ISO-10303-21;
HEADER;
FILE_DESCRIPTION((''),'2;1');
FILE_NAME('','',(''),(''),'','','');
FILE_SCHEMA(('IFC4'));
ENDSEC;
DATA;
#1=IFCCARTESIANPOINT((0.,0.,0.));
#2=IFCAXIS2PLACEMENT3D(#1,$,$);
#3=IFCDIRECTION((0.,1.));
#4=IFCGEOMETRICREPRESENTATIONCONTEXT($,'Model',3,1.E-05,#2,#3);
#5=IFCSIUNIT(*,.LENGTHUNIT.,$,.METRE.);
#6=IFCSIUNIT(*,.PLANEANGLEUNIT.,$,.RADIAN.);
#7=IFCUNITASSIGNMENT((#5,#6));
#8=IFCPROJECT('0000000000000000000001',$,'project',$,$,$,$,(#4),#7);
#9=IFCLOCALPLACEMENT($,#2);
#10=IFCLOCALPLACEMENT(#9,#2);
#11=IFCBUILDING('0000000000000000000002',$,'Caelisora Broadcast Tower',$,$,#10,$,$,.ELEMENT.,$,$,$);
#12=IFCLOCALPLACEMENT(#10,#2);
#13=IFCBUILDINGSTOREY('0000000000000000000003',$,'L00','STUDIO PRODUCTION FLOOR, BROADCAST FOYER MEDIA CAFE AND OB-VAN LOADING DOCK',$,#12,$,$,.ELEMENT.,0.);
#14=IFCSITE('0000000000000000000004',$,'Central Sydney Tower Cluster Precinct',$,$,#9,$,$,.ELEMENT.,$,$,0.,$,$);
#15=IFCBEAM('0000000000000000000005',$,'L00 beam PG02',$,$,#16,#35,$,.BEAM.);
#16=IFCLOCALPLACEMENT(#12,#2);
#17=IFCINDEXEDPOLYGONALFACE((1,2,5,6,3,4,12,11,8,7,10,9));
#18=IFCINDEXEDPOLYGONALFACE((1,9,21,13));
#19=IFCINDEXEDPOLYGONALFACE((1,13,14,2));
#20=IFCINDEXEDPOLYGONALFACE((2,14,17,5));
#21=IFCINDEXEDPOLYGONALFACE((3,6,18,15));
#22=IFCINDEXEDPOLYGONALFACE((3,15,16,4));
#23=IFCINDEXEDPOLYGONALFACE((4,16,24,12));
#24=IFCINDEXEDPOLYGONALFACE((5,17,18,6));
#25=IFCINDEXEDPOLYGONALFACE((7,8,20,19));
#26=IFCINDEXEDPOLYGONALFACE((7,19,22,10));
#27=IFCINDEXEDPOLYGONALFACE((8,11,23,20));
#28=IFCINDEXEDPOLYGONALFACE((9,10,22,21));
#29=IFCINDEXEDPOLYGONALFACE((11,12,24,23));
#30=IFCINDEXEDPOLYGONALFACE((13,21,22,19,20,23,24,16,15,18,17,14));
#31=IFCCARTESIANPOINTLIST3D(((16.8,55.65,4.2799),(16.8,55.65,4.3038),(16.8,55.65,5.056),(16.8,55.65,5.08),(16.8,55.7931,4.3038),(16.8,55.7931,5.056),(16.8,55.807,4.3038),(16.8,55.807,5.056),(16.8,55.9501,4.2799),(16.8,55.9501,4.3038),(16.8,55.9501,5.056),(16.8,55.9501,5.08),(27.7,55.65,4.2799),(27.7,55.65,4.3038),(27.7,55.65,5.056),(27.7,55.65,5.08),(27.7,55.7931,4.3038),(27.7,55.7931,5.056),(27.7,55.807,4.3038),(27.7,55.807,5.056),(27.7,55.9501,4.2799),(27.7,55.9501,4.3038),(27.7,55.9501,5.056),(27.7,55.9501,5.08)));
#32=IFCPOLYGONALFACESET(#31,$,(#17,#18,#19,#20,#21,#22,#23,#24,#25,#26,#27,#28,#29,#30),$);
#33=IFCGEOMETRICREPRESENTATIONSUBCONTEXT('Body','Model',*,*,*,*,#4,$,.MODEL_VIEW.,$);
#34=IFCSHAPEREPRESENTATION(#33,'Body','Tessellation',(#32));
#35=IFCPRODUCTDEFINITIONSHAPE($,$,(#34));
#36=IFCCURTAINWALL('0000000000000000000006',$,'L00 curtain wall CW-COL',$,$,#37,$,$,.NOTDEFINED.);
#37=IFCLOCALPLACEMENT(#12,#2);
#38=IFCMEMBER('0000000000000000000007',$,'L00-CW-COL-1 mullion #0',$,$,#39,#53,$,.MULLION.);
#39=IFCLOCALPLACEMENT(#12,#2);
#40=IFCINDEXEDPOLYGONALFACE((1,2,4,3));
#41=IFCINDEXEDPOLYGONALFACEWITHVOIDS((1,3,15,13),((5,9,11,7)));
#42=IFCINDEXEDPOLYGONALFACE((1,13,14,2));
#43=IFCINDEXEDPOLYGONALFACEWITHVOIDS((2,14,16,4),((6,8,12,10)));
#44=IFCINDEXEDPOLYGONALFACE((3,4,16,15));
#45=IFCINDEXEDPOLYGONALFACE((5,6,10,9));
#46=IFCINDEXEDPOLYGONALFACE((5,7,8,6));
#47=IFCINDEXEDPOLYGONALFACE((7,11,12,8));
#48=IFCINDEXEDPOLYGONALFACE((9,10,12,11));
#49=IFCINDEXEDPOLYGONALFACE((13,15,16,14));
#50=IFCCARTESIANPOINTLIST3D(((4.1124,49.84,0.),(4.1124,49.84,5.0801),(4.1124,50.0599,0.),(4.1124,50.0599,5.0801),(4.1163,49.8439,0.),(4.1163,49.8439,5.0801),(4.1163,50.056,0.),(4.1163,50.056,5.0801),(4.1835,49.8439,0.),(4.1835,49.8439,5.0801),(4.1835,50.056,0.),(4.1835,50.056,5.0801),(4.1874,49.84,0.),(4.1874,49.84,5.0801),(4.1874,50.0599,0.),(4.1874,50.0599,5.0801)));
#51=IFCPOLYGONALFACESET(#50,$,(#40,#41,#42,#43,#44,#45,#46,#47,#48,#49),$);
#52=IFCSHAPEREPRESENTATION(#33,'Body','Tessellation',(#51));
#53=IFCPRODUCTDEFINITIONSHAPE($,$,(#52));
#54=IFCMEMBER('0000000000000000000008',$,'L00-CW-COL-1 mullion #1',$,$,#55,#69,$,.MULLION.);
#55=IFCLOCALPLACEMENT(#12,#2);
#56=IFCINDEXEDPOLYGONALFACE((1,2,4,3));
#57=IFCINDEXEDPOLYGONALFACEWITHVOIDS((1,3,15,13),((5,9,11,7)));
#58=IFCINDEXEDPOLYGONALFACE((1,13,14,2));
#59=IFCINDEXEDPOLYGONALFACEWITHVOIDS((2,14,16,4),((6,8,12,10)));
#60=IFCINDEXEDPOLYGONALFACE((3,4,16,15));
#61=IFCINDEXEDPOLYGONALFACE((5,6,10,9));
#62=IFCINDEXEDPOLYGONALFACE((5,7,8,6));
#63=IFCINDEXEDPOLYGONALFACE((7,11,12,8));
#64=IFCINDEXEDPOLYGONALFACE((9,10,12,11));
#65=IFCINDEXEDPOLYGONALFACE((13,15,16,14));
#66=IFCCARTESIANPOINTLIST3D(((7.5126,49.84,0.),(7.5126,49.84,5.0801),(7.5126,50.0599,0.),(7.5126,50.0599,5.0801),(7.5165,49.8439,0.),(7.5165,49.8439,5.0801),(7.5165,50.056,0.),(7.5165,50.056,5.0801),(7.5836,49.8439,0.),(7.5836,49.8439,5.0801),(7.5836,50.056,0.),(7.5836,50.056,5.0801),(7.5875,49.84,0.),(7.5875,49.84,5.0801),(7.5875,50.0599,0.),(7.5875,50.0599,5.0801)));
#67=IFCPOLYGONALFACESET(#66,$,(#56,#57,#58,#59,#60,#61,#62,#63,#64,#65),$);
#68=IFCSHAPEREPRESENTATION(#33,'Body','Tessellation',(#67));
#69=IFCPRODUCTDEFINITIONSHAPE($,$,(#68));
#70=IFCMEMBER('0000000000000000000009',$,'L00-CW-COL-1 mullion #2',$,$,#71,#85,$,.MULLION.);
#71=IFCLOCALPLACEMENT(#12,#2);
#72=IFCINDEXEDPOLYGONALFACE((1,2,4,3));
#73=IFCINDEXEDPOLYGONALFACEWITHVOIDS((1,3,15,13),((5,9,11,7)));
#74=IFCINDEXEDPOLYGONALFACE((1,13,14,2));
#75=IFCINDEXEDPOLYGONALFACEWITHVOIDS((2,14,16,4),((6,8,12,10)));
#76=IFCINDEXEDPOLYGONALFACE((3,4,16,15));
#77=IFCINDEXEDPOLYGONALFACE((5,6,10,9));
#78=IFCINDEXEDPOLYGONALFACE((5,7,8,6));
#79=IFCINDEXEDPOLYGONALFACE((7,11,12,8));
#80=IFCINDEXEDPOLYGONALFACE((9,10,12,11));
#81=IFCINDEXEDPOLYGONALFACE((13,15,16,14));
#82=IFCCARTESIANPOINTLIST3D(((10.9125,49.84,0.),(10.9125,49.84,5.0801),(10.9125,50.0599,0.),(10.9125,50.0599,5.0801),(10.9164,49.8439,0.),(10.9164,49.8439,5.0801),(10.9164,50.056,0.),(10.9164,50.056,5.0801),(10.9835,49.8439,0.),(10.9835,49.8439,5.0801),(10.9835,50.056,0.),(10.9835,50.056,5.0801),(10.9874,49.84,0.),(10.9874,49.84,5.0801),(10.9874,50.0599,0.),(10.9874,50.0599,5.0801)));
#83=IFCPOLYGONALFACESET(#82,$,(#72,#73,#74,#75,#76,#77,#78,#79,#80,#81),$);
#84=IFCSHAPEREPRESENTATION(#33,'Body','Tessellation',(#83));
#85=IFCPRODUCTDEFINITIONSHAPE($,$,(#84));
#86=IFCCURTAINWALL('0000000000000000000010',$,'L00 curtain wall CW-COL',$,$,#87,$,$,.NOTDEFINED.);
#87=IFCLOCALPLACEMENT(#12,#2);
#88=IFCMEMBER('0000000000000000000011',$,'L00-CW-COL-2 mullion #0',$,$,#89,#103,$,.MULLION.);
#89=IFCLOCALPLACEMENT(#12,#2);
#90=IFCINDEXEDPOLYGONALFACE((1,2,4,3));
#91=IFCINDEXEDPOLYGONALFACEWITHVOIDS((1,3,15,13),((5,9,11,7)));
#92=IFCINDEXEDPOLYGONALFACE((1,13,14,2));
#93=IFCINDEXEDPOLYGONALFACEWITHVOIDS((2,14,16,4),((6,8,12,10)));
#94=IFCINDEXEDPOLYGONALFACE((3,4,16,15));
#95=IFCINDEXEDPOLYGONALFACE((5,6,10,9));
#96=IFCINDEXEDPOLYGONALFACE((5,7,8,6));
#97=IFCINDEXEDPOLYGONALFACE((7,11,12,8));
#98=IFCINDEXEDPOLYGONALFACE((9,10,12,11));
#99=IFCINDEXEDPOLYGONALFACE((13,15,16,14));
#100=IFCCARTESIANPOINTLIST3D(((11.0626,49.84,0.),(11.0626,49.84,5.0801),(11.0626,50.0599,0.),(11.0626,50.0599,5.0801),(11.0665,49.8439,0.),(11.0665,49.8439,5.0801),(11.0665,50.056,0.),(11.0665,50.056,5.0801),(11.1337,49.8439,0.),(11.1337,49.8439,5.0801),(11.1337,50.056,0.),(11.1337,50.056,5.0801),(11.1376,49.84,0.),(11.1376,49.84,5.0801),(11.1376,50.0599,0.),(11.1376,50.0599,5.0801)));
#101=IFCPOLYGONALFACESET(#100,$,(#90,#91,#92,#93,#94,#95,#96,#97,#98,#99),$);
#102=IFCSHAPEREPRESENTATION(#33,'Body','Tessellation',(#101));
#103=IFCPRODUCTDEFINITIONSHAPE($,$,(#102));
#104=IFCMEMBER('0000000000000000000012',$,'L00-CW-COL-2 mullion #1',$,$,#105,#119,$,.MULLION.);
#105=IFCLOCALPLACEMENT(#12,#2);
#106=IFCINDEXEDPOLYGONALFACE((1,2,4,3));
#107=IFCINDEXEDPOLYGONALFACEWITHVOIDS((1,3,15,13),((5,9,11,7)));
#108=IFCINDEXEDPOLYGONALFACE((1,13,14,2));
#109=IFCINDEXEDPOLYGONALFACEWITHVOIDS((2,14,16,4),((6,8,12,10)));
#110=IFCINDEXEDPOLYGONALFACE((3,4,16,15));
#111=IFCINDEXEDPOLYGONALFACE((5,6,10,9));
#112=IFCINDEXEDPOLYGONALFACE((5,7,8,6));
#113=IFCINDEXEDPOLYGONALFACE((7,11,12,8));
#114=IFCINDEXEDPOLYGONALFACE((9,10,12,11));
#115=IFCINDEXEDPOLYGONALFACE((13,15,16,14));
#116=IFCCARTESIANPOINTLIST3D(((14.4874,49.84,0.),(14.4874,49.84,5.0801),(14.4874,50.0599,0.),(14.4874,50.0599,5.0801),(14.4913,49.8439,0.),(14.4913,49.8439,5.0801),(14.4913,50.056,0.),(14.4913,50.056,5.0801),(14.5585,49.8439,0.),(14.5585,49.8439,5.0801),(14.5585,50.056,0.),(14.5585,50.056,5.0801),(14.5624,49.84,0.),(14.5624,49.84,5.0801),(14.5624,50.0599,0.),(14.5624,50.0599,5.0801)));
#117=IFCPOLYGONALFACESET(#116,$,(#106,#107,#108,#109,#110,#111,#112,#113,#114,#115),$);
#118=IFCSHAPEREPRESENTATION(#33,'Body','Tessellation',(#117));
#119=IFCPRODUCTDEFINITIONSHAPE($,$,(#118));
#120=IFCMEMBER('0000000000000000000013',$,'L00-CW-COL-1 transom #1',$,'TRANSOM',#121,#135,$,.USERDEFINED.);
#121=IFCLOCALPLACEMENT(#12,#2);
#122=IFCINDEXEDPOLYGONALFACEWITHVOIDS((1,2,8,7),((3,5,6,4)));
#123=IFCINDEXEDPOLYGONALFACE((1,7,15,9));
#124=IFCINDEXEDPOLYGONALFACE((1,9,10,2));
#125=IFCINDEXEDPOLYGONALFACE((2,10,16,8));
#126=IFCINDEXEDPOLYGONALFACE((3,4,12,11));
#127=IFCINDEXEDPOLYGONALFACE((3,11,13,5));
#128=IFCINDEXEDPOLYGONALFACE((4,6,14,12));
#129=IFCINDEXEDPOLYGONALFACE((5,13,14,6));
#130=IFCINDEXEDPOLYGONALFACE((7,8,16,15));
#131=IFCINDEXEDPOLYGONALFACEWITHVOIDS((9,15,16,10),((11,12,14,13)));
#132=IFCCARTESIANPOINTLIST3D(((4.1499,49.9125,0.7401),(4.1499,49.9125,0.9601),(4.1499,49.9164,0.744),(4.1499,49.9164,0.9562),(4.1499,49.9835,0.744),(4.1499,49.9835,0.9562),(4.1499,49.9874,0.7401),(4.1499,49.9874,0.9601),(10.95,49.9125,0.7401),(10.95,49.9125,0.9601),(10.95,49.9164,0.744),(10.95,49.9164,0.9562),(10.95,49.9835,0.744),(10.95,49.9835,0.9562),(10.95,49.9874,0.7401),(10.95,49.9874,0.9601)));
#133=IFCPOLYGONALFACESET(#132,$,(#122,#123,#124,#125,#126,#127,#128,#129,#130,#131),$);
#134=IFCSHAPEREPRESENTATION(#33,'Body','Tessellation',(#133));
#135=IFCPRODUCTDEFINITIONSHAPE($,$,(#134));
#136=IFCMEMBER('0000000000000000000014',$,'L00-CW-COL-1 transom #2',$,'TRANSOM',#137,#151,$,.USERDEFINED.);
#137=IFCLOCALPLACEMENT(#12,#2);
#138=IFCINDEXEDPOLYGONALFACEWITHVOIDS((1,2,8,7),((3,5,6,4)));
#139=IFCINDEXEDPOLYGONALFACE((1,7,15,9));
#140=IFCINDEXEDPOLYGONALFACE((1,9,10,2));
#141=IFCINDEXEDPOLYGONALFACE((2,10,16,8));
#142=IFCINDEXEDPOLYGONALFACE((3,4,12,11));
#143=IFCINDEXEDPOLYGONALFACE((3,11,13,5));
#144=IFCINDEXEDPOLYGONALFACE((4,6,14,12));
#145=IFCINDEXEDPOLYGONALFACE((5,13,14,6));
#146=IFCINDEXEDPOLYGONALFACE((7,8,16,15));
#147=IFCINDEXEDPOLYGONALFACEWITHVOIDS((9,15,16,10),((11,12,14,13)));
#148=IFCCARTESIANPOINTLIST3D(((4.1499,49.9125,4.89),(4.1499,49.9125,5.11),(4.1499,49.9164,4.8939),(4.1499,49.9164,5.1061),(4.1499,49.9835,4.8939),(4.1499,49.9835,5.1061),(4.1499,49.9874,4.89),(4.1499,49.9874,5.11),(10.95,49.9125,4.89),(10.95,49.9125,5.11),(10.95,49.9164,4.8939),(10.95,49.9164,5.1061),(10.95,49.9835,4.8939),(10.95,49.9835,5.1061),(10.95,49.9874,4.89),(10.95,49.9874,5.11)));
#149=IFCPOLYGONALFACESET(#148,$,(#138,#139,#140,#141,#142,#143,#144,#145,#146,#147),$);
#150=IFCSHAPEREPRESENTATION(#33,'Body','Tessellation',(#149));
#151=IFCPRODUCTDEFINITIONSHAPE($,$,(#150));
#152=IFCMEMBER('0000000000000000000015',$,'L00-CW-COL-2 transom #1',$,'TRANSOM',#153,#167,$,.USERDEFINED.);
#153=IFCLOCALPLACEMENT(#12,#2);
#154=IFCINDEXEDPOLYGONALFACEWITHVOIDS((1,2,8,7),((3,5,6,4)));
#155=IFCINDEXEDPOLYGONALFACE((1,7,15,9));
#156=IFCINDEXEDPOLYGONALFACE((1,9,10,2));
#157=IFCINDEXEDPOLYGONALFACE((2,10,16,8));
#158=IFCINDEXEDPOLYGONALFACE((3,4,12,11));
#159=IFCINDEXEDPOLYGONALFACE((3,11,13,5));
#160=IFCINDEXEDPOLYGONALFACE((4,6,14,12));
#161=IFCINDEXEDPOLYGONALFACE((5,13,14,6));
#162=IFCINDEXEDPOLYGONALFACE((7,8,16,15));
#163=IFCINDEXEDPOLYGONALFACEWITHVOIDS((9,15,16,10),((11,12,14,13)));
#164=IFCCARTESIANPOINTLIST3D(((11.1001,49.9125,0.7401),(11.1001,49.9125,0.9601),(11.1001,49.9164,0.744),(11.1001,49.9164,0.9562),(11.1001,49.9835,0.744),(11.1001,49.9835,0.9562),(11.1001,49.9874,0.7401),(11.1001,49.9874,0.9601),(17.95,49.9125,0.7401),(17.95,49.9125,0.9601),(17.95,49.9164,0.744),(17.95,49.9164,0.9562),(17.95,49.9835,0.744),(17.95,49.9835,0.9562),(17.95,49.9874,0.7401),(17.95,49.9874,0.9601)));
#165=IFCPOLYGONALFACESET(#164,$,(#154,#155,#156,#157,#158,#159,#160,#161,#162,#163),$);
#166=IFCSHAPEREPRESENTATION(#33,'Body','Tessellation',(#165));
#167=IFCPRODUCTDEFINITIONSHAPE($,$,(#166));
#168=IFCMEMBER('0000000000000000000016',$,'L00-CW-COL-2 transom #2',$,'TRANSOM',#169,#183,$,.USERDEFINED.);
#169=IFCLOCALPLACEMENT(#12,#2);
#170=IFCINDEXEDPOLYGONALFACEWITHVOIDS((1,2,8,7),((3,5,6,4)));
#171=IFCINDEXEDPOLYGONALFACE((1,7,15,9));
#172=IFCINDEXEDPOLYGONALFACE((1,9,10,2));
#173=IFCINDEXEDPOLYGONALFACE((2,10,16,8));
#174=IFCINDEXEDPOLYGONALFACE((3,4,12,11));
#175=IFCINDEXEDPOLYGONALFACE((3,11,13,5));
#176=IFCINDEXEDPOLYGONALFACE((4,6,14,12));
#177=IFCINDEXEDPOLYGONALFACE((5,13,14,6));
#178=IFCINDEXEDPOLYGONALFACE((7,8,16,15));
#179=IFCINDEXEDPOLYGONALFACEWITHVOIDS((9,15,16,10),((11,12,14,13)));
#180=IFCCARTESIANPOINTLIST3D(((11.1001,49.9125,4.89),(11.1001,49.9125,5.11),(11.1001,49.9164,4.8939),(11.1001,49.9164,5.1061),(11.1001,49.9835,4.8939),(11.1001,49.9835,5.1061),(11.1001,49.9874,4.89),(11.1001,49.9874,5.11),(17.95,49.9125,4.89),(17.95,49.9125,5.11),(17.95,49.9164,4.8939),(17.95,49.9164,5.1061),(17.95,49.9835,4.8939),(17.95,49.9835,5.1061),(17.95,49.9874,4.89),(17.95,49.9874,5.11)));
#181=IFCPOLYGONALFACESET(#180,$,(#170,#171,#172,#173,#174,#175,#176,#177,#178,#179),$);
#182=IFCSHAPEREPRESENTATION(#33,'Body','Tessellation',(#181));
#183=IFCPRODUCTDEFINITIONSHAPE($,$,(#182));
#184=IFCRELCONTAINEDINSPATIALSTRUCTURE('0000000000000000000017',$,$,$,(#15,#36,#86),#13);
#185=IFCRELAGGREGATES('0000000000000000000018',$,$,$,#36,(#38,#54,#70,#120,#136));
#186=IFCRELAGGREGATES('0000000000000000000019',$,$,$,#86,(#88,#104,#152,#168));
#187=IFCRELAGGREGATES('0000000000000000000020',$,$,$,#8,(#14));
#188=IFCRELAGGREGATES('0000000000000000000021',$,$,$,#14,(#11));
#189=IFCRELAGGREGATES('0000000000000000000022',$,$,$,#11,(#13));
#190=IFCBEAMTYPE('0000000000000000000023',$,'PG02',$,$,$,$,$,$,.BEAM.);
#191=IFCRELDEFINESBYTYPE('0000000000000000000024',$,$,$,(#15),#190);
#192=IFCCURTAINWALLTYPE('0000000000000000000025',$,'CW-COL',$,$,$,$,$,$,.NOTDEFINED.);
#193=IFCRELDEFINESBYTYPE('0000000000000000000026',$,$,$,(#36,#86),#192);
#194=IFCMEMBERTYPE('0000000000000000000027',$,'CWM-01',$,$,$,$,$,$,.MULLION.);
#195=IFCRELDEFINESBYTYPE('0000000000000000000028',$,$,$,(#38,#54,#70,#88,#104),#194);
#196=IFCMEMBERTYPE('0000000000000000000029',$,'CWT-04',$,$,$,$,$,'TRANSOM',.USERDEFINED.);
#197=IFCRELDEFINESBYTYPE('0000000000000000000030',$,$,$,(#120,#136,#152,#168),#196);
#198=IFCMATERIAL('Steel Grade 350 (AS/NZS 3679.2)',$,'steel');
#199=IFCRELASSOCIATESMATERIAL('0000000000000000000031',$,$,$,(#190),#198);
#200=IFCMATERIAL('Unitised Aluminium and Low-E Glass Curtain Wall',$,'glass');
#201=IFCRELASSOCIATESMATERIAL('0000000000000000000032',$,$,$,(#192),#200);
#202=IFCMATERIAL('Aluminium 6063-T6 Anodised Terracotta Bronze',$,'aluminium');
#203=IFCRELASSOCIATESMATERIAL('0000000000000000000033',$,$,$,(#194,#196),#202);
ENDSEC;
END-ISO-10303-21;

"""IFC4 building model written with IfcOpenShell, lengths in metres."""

from ifc_helpers import new_model, si_unit, direction, frame, origin, origin_2d, place, context, subcontext, project, spatial, hollow_rectangle, i_section, extrude, source, transform, mapped, material, material_profile, profile_set, type_object, type_shapes, element, aggregate, save


model = new_model("IFC4")

# Units and contexts
model_context = context("Model", 3, precision=1e-05, world=origin(), true_north=direction((0.0, 1.0)))
body_context = subcontext(model_context, "Body", "Model", "MODEL_VIEW")
ifc_project = project(units=[si_unit("LENGTHUNIT", "METRE"), si_unit("PLANEANGLEUNIT", "RADIAN")], contexts=[model_context])

# Site, building, storey
site_placement = place(None, origin())
site = spatial("IfcSite", under=ifc_project, at=site_placement, Name="Central Sydney Tower Cluster Precinct", CompositionType="ELEMENT", RefElevation=0.0)
building_placement = place(site_placement, origin())
building = spatial("IfcBuilding", under=site, at=building_placement, Name="Caelisora Broadcast Tower", CompositionType="ELEMENT")
storey_placement = place(building_placement, origin())
storey = spatial("IfcBuildingStorey", under=building, at=storey_placement, Name="L00", Description="STUDIO PRODUCTION FLOOR, BROADCAST FOYER MEDIA CAFE AND OB-VAN LOADING DOCK", CompositionType="ELEMENT", Elevation=0.0)

# Beam
ifc_material_1 = material(Name="Steel Grade 350 (AS/NZS 3679.2)", Category="steel")
ifc_material_profile_1 = material_profile(ifc_material_1, i_section(OverallWidth=0.3, OverallDepth=0.8, WebThickness=0.0139, FlangeThickness=0.0239, at=origin_2d()), Name="Steel Grade 350 (AS/NZS 3679.2)")
ifc_profile_set_1 = profile_set([ifc_material_profile_1], Name="Steel Grade 350 (AS/NZS 3679.2)")
beam_type = type_object("IfcBeamType", Name="PG02", PredefinedType="BEAM", material=ifc_profile_set_1)
shared_shape_1 = source(origin(), body_context, "Body", "SweptSolid", [
    extrude(i_section(OverallWidth=0.3, OverallDepth=0.8, WebThickness=0.0139, FlangeThickness=0.0239, at=origin_2d()), origin(), (0.0, 0.0, 1.0), 10.8999),
])
beam_1_placement = place(storey_placement, frame((16.8, 55.8, 4.6799), z_axis=(1.0, 0.0, 0.0), x_axis=(0.0, 1.0, 0.0)))
element("IfcBeam", 1, at=beam_1_placement, inside=storey, type_object=beam_type, Name="L00 beam PG02", PredefinedType="BEAM", context=body_context, shape_type="MappedRepresentation", body=[
    mapped(shared_shape_1, transform((0.0, 0.0, 0.0), scale=1.0)),
])

# Curtain walls, members
ifc_material_2 = material(Name="Unitised Aluminium and Low-E Glass Curtain Wall", Category="glass")
curtain_wall_type = type_object("IfcCurtainWallType", Name="CW-COL", PredefinedType="NOTDEFINED", material=ifc_material_2)
curtain_wall_1_placement = place(storey_placement, origin())
curtain_wall_1 = element("IfcCurtainWall", 2, at=curtain_wall_1_placement, inside=storey, type_object=curtain_wall_type, Name="L00 curtain wall CW-COL", PredefinedType="NOTDEFINED")
ifc_material_3 = material(Name="Aluminium 6063-T6 Anodised Terracotta Bronze", Category="aluminium")
ifc_material_profile_2 = material_profile(ifc_material_3, hollow_rectangle(XDim=0.075, YDim=0.22, WallThickness=0.0039, at=origin_2d()), Name="Aluminium 6063-T6 Anodised Terracotta Bronze")
ifc_profile_set_2 = profile_set([ifc_material_profile_2], Name="Aluminium 6063-T6 Anodised Terracotta Bronze")
member_type_1 = type_object("IfcMemberType", Name="CWM-01", PredefinedType="MULLION", material=ifc_profile_set_2)
shared_shape_2 = source(origin(), body_context, "Body", "SweptSolid", [
    extrude(hollow_rectangle(XDim=0.075, YDim=0.22, WallThickness=0.0039, at=origin_2d()), origin(), (0.0, 0.0, 1.0), 5.0801),
])
type_shapes(member_type_1, [shared_shape_2])
member_1_placement = place(storey_placement, frame((4.1499, 49.95, 0.0), z_axis=(0.0, 0.0, 1.0), x_axis=(1.0, 0.0, 0.0)))
member_1 = element("IfcMember", 3, at=member_1_placement, type_object=member_type_1, Name="L00-CW-COL-1 mullion #0", PredefinedType="MULLION", context=body_context, shape_type="MappedRepresentation", body=[
    mapped(shared_shape_2, transform((0.0, 0.0, 0.0), scale=1.0)),
])
member_2_placement = place(storey_placement, frame((7.55, 49.95, 0.0), z_axis=(0.0, 0.0, 1.0), x_axis=(1.0, 0.0, 0.0)))
member_2 = element("IfcMember", 4, at=member_2_placement, type_object=member_type_1, Name="L00-CW-COL-1 mullion #1", PredefinedType="MULLION", context=body_context, shape_type="MappedRepresentation", body=[
    mapped(shared_shape_2, transform((0.0, 0.0, 0.0), scale=1.0)),
])
member_3_placement = place(storey_placement, frame((10.95, 49.95, 0.0), z_axis=(0.0, 0.0, 1.0), x_axis=(1.0, 0.0, 0.0)))
member_3 = element("IfcMember", 5, at=member_3_placement, type_object=member_type_1, Name="L00-CW-COL-1 mullion #2", PredefinedType="MULLION", context=body_context, shape_type="MappedRepresentation", body=[
    mapped(shared_shape_2, transform((0.0, 0.0, 0.0), scale=1.0)),
])
curtain_wall_2_placement = place(storey_placement, origin())
curtain_wall_2 = element("IfcCurtainWall", 6, at=curtain_wall_2_placement, inside=storey, type_object=curtain_wall_type, Name="L00 curtain wall CW-COL", PredefinedType="NOTDEFINED")
member_4_placement = place(storey_placement, frame((11.1001, 49.95, 0.0), z_axis=(0.0, 0.0, 1.0), x_axis=(1.0, 0.0, 0.0)))
member_4 = element("IfcMember", 7, at=member_4_placement, type_object=member_type_1, Name="L00-CW-COL-2 mullion #0", PredefinedType="MULLION", context=body_context, shape_type="MappedRepresentation", body=[
    mapped(shared_shape_2, transform((0.0, 0.0, 0.0), scale=1.0)),
])
member_5_placement = place(storey_placement, frame((14.5249, 49.95, 0.0), z_axis=(0.0, 0.0, 1.0), x_axis=(1.0, 0.0, 0.0)))
member_5 = element("IfcMember", 8, at=member_5_placement, type_object=member_type_1, Name="L00-CW-COL-2 mullion #1", PredefinedType="MULLION", context=body_context, shape_type="MappedRepresentation", body=[
    mapped(shared_shape_2, transform((0.0, 0.0, 0.0), scale=1.0)),
])

# Members
ifc_material_profile_3 = material_profile(ifc_material_3, hollow_rectangle(XDim=0.075, YDim=0.22, WallThickness=0.0039, at=origin_2d()), Name="Aluminium 6063-T6 Anodised Terracotta Bronze")
ifc_profile_set_3 = profile_set([ifc_material_profile_3], Name="Aluminium 6063-T6 Anodised Terracotta Bronze")
member_type_2 = type_object("IfcMemberType", Name="CWT-04", ElementType="TRANSOM", PredefinedType="USERDEFINED", material=ifc_profile_set_3)
shared_shape_3 = source(origin(), body_context, "Body", "SweptSolid", [
    extrude(hollow_rectangle(XDim=0.075, YDim=0.22, WallThickness=0.0039, at=origin_2d()), origin(), (0.0, 0.0, 1.0), 6.8),
])
member_6_placement = place(storey_placement, frame((4.1499, 49.95, 0.8501), z_axis=(1.0, 0.0, 0.0), x_axis=(0.0, 1.0, 0.0)))
member_6 = element("IfcMember", 9, at=member_6_placement, type_object=member_type_2, Name="L00-CW-COL-1 transom #1", ObjectType="TRANSOM", PredefinedType="USERDEFINED", context=body_context, shape_type="MappedRepresentation", body=[
    mapped(shared_shape_3, transform((0.0, 0.0, 0.0), scale=1.0)),
])
member_7_placement = place(storey_placement, frame((4.1499, 49.95, 5.0), z_axis=(1.0, 0.0, 0.0), x_axis=(0.0, 1.0, 0.0)))
member_7 = element("IfcMember", 10, at=member_7_placement, type_object=member_type_2, Name="L00-CW-COL-1 transom #2", ObjectType="TRANSOM", PredefinedType="USERDEFINED", context=body_context, shape_type="MappedRepresentation", body=[
    mapped(shared_shape_3, transform((0.0, 0.0, 0.0), scale=1.0)),
])
shared_shape_4 = source(origin(), body_context, "Body", "SweptSolid", [
    extrude(hollow_rectangle(XDim=0.075, YDim=0.22, WallThickness=0.0039, at=origin_2d()), origin(), (0.0, 0.0, 1.0), 6.8499),
])
type_shapes(member_type_2, [shared_shape_3, shared_shape_4])
member_8_placement = place(storey_placement, frame((11.1001, 49.95, 0.8501), z_axis=(1.0, 0.0, 0.0), x_axis=(0.0, 1.0, 0.0)))
member_8 = element("IfcMember", 11, at=member_8_placement, type_object=member_type_2, Name="L00-CW-COL-2 transom #1", ObjectType="TRANSOM", PredefinedType="USERDEFINED", context=body_context, shape_type="MappedRepresentation", body=[
    mapped(shared_shape_4, transform((0.0, 0.0, 0.0), scale=1.0)),
])
member_9_placement = place(storey_placement, frame((11.1001, 49.95, 5.0), z_axis=(1.0, 0.0, 0.0), x_axis=(0.0, 1.0, 0.0)))
member_9 = element("IfcMember", 12, at=member_9_placement, type_object=member_type_2, Name="L00-CW-COL-2 transom #2", ObjectType="TRANSOM", PredefinedType="USERDEFINED", context=body_context, shape_type="MappedRepresentation", body=[
    mapped(shared_shape_4, transform((0.0, 0.0, 0.0), scale=1.0)),
])

aggregate(curtain_wall_1, [member_1, member_2, member_3, member_6, member_7])
aggregate(curtain_wall_2, [member_4, member_5, member_8, member_9])

save(model, "model.ifc")
